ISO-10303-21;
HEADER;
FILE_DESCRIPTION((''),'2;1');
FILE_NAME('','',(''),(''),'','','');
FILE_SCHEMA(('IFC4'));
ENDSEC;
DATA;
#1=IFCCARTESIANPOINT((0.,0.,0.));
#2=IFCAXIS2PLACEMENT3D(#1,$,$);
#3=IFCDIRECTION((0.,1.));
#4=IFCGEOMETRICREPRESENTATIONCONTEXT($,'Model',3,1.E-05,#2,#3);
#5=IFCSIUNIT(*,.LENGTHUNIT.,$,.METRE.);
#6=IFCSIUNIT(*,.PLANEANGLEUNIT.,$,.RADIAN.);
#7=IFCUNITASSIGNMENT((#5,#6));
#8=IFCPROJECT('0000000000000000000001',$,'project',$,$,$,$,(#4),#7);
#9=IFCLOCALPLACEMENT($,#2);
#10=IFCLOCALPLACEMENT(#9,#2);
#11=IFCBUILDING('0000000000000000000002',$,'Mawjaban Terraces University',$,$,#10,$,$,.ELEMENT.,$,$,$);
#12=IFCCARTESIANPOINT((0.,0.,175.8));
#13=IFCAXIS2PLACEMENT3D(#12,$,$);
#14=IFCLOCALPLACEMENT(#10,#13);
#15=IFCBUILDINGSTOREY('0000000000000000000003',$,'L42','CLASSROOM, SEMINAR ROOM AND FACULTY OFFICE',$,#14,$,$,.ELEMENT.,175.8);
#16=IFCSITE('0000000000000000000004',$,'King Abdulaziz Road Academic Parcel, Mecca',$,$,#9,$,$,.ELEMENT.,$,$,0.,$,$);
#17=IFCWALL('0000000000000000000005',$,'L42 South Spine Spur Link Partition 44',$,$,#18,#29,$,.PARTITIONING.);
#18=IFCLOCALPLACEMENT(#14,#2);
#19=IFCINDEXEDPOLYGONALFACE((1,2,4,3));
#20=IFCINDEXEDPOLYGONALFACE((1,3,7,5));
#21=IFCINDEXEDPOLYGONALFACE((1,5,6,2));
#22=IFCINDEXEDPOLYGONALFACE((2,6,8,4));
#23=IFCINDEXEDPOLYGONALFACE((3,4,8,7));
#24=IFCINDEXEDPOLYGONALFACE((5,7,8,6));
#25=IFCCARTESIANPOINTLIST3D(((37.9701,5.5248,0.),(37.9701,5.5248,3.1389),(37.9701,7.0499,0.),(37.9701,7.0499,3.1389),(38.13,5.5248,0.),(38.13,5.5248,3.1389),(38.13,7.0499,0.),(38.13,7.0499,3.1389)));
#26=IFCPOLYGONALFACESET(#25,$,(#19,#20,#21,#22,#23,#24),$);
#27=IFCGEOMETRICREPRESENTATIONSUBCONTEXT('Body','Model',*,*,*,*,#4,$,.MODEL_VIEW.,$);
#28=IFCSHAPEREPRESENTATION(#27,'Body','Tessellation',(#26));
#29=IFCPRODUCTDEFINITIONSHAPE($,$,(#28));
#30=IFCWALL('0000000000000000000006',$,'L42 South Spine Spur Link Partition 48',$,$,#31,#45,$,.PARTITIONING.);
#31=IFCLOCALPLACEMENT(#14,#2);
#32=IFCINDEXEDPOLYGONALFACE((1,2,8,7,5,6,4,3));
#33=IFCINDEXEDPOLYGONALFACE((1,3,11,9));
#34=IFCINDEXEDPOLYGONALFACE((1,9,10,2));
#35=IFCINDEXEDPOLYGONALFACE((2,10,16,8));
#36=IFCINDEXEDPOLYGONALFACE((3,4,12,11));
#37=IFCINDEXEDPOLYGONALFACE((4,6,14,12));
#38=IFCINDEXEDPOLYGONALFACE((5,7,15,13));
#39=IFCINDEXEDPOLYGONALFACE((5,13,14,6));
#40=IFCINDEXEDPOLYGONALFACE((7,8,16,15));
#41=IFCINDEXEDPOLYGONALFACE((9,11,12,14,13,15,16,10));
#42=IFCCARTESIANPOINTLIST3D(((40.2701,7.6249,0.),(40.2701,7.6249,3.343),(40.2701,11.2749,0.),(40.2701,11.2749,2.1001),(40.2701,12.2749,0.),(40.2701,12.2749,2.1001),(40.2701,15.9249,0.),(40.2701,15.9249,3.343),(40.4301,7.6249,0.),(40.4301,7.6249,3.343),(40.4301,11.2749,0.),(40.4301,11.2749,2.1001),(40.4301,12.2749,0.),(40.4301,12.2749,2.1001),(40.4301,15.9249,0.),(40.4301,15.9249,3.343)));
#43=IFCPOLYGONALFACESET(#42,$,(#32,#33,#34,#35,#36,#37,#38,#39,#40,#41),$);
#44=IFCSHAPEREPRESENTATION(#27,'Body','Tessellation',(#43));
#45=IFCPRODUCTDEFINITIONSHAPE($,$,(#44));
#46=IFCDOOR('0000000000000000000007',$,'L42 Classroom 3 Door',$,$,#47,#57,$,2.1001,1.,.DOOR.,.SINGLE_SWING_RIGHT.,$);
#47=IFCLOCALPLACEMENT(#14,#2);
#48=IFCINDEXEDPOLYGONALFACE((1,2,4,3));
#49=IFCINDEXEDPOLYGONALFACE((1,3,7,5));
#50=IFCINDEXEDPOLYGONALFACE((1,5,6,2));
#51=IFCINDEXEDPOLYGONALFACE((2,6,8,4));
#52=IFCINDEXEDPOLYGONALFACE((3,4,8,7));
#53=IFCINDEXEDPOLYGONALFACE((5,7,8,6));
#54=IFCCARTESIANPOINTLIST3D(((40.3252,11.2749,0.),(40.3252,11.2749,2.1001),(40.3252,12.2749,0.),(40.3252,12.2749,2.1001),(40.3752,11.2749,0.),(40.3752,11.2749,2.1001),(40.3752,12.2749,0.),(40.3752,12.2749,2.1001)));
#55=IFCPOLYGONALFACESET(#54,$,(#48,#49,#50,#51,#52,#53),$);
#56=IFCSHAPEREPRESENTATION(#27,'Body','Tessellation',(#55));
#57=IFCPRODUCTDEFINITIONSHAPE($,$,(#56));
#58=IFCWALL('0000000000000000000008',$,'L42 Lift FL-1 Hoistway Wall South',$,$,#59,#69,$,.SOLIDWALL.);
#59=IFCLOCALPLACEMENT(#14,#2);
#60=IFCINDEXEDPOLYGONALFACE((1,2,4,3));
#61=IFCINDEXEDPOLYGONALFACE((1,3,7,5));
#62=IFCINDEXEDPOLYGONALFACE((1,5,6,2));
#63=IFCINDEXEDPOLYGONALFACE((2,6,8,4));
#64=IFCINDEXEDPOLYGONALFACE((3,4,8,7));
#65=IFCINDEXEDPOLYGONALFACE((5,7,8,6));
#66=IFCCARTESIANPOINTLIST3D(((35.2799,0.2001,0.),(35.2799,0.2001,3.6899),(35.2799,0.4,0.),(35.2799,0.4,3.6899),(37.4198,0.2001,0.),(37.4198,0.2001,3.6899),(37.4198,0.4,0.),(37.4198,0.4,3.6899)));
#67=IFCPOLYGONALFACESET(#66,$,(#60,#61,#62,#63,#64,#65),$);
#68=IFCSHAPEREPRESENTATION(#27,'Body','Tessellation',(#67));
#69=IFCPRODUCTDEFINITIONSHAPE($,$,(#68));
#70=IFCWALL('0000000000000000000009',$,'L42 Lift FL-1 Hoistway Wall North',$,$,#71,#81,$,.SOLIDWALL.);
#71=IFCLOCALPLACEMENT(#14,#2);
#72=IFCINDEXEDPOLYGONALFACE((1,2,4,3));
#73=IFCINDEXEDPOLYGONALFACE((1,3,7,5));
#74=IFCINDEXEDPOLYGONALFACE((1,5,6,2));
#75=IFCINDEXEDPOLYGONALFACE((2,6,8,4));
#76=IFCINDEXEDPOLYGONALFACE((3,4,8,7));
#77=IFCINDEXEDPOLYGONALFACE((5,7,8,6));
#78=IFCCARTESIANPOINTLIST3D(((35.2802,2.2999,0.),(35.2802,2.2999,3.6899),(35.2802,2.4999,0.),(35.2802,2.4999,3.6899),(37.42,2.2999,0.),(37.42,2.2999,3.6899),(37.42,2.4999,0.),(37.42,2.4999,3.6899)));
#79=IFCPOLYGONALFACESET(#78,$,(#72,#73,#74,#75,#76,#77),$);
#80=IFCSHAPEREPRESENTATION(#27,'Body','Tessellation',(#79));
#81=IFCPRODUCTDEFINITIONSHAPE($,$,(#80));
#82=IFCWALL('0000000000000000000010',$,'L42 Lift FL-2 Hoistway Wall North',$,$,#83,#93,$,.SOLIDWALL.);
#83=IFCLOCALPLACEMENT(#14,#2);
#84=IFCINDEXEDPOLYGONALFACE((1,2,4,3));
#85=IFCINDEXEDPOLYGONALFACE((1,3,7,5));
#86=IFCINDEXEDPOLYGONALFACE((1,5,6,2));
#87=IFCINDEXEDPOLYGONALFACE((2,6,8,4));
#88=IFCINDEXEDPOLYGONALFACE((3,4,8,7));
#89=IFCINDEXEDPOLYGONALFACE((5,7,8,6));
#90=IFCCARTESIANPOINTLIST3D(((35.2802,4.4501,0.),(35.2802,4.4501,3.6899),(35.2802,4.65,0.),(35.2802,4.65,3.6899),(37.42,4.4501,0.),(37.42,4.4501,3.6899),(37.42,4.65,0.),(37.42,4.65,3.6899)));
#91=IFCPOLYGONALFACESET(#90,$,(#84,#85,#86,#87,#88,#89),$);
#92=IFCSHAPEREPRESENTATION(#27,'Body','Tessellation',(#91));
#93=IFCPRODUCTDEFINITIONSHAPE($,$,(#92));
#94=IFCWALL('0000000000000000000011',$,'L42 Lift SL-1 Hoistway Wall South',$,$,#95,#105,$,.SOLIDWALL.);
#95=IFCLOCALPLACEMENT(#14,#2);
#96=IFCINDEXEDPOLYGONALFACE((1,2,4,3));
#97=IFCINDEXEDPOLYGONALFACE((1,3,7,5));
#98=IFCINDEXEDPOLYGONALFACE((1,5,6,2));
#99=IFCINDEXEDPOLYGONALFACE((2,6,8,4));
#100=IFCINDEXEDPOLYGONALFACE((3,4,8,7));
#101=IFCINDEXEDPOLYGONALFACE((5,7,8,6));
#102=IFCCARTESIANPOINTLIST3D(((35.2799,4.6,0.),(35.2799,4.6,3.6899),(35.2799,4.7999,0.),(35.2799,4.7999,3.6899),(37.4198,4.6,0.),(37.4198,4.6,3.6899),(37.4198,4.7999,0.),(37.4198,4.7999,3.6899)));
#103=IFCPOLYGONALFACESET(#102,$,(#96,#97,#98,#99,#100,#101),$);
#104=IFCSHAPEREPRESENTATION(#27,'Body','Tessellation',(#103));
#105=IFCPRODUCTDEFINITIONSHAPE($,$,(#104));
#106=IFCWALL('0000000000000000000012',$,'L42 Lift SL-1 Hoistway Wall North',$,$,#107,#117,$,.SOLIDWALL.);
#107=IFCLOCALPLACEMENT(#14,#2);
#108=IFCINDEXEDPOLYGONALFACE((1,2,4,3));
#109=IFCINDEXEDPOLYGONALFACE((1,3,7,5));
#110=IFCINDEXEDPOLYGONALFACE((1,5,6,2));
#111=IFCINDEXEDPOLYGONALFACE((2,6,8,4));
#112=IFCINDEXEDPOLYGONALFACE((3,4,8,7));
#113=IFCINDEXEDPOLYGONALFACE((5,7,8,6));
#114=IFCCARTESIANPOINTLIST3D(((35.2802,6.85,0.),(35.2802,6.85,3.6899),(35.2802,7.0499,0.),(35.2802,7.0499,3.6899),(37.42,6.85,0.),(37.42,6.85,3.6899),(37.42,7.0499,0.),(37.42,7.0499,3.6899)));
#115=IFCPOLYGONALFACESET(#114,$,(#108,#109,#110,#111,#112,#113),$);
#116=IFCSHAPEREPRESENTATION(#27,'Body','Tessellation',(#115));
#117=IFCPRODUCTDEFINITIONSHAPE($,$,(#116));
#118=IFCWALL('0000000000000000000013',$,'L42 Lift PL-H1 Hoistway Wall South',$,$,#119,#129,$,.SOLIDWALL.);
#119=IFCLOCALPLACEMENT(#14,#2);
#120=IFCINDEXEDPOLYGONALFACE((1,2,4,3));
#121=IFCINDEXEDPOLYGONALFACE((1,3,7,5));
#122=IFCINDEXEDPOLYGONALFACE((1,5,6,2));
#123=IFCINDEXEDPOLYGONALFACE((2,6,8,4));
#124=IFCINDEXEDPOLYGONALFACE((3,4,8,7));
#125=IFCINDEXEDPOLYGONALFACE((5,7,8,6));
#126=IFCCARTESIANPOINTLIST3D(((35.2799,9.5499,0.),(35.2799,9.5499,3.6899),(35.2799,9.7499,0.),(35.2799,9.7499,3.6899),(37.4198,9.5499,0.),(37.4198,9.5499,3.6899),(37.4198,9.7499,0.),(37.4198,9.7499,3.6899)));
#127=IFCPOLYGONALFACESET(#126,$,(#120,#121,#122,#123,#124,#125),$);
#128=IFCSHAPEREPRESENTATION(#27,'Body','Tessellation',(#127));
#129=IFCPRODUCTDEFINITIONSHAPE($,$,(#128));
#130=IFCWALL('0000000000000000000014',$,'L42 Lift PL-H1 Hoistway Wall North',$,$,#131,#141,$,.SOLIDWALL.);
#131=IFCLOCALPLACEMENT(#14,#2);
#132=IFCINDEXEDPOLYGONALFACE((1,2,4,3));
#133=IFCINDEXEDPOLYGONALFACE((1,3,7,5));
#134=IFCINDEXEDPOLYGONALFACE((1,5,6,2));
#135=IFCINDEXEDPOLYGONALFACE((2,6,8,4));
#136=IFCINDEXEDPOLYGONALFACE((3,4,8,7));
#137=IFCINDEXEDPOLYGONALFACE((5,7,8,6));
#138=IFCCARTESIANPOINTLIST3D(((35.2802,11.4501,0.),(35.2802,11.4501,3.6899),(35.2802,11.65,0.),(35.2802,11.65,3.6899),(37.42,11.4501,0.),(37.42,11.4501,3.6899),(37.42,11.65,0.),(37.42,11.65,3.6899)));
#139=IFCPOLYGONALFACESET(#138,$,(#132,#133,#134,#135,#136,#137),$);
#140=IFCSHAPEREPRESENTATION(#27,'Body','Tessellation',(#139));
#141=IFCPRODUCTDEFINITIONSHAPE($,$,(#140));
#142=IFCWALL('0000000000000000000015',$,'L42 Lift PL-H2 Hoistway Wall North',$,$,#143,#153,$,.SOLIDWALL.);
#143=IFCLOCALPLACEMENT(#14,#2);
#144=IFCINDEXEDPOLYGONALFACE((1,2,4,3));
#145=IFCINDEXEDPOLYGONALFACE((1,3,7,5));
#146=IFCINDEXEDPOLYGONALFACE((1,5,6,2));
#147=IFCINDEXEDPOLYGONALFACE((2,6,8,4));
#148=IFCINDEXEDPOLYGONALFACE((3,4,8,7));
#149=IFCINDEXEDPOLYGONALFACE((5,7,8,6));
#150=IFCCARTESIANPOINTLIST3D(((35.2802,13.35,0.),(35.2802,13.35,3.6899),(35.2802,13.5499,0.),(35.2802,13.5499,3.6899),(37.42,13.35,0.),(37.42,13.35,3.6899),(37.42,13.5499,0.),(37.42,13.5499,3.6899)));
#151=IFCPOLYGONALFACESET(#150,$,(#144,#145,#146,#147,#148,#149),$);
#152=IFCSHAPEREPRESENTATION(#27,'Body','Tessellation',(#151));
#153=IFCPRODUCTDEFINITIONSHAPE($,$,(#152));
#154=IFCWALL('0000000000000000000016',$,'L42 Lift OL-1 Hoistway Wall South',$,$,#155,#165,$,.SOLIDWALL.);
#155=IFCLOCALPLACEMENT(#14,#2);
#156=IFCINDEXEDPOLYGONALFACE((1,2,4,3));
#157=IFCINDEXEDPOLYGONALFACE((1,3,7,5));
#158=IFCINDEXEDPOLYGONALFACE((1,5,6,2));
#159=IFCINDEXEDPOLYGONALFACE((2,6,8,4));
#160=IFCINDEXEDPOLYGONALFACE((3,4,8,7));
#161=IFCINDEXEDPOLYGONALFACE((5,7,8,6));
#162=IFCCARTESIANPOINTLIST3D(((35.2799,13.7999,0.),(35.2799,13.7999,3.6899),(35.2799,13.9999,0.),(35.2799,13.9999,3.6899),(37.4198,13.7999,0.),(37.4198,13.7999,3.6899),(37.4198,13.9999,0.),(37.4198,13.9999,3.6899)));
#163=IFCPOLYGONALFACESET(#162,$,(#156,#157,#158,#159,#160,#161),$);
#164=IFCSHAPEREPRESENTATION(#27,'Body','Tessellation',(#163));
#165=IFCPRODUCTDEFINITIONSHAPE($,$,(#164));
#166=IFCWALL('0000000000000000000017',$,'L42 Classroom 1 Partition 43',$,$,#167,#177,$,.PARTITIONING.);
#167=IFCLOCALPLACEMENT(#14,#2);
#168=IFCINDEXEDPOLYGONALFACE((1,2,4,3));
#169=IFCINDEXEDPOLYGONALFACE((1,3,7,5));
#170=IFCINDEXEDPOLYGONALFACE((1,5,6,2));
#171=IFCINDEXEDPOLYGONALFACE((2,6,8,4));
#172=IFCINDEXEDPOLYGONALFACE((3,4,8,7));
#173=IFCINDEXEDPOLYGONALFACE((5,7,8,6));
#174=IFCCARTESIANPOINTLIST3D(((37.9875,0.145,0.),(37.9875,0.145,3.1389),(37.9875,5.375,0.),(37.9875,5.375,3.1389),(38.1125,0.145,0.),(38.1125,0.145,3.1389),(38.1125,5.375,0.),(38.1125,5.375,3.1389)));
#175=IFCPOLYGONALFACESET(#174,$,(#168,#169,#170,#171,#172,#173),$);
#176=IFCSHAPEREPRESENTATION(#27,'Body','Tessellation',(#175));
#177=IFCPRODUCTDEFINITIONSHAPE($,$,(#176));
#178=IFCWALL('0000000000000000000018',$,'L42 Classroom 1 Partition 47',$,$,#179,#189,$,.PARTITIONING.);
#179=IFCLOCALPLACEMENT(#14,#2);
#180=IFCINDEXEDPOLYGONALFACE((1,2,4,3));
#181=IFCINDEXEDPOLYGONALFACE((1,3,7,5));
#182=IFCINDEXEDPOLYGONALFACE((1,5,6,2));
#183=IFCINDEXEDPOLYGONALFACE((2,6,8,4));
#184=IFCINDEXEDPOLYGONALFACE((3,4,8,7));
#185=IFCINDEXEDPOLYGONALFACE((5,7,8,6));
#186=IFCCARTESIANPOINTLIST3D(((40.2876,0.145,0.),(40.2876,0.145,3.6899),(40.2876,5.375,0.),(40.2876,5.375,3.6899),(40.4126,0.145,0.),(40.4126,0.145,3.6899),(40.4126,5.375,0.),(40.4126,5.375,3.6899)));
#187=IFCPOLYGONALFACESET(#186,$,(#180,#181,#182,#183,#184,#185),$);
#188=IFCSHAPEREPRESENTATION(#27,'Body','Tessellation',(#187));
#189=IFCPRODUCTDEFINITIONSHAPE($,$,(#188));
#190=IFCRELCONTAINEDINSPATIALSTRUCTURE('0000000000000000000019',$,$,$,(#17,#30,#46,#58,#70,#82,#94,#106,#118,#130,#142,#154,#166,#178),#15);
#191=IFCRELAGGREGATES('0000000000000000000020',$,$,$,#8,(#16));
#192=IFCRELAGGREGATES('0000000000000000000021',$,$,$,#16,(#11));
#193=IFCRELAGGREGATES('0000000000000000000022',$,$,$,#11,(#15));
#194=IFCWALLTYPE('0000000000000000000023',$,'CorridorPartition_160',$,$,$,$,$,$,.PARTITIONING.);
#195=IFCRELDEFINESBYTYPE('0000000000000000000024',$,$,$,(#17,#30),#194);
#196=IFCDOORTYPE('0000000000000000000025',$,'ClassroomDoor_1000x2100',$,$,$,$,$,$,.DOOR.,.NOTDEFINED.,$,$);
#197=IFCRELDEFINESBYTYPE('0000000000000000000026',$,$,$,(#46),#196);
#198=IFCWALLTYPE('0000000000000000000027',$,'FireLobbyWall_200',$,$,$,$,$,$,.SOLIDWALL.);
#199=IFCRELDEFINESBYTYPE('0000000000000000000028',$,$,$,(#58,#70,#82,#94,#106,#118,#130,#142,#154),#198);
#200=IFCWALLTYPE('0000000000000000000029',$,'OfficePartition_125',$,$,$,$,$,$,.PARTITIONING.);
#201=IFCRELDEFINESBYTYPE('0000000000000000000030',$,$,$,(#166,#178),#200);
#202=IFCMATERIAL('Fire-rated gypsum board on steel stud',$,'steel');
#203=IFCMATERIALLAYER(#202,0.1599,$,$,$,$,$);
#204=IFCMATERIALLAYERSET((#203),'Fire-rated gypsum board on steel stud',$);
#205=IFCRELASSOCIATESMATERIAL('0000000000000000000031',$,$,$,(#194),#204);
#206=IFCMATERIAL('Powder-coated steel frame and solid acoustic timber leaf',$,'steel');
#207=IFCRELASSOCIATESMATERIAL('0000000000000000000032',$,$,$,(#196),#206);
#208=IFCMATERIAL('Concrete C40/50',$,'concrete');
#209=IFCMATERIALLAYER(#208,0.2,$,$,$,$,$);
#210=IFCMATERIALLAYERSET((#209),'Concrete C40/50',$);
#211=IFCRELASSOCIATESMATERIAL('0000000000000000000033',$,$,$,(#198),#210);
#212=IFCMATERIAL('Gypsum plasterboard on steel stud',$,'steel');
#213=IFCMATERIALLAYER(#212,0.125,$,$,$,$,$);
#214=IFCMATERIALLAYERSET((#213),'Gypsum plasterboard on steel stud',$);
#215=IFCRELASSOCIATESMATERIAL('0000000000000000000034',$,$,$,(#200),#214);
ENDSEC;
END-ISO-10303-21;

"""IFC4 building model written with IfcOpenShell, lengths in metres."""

from ifc_helpers import new_model, si_unit, direction, frame, frame_2d, origin, place, context, subcontext, project, spatial, rectangle, extrude, material, layer, layer_set, type_object, element, fill, save


model = new_model("IFC4")

# Units and contexts
model_context = context("Model", 3, precision=1e-05, world=origin(), true_north=direction((0.0, 1.0)))
body_context = subcontext(model_context, "Body", "Model", "MODEL_VIEW")
ifc_project = project(units=[si_unit("LENGTHUNIT", "METRE"), si_unit("PLANEANGLEUNIT", "RADIAN")], contexts=[model_context])

# Site, building, storey
site_placement = place(None, origin())
site = spatial("IfcSite", under=ifc_project, at=site_placement, Name="King Abdulaziz Road Academic Parcel, Mecca", CompositionType="ELEMENT", RefElevation=0.0)
building_placement = place(site_placement, origin())
building = spatial("IfcBuilding", under=site, at=building_placement, Name="Mawjaban Terraces University", CompositionType="ELEMENT")
storey_placement = place(building_placement, frame((0.0, 0.0, 175.8)))
storey = spatial("IfcBuildingStorey", under=building, at=storey_placement, Name="L42", Description="CLASSROOM, SEMINAR ROOM AND FACULTY OFFICE", CompositionType="ELEMENT", Elevation=175.8)

# Shared definitions
ifc_material_1 = material(Name="Fire-rated gypsum board on steel stud", Category="steel")
ifc_layer_1 = layer(ifc_material_1, 0.1599)
ifc_layer_set_1 = layer_set([ifc_layer_1], Name="Fire-rated gypsum board on steel stud")
wall_type_1 = type_object("IfcWallType", Name="CorridorPartition_160", PredefinedType="PARTITIONING", material=ifc_layer_set_1)
ifc_material_2 = material(Name="Powder-coated steel frame and solid acoustic timber leaf", Category="steel")
door_type_1 = type_object("IfcDoorType", Name="ClassroomDoor_1000x2100", OperationType="NOTDEFINED", PredefinedType="DOOR", material=ifc_material_2)

# Wall
wall_1_placement = place(storey_placement, frame((38.05, 7.05, 0.0), z_axis=(0.0, 0.0, 1.0), x_axis=(0.0, -1.0, 0.0)))
element("IfcWall", 1, at=wall_1_placement, inside=storey, type_object=wall_type_1, Name="L42 South Spine Spur Link Partition 44", PredefinedType="PARTITIONING", context=body_context, shape_type="SweptSolid", body=[
    extrude(rectangle(XDim=1.5251, YDim=0.1599, at=frame_2d((0.7627, 0.0))), origin(), (0.0, 0.0, 1.0), 3.1389),
])

# Wall, opening, door
wall_2_placement = place(storey_placement, frame((40.3501, 7.625, 0.0), z_axis=(0.0, 0.0, 1.0), x_axis=(0.0, 1.0, 0.0)))
wall_2 = element("IfcWall", 2, at=wall_2_placement, inside=storey, type_object=wall_type_1, Name="L42 South Spine Spur Link Partition 48", PredefinedType="PARTITIONING", context=body_context, shape_type="SweptSolid", body=[
    extrude(rectangle(XDim=8.3, YDim=0.1599, at=frame_2d((4.1499, 0.0))), origin(), (0.0, 0.0, 1.0), 3.343),
])
opening_1_placement = place(wall_2_placement, frame((3.6499, 0.0, 0.0)))
opening_1 = element("IfcOpeningElement", 3, at=opening_1_placement, cuts=wall_2, PredefinedType="OPENING", context=body_context, shape_type="SweptSolid", body=[
    extrude(rectangle(XDim=1.0, YDim=2.1001, at=frame_2d((0.5, 1.05))), frame((0.0, 0.0898, 0.0), z_axis=(0.0, -1.0, 0.0), x_axis=(1.0, 0.0, 0.0)), (0.0, 0.0, 1.0), 0.1799),
])
door_1_placement = place(opening_1_placement, origin())
door_1 = element("IfcDoor", 4, at=door_1_placement, inside=storey, type_object=door_type_1, Name="L42 Classroom 3 Door", OperationType="SINGLE_SWING_RIGHT", OverallHeight=2.1001, OverallWidth=1.0, PredefinedType="DOOR", context=body_context, shape_type="SweptSolid", body=[
    extrude(rectangle(XDim=1.0, YDim=2.1001, at=frame_2d((0.5, 1.05))), frame((0.0, 0.0249, 0.0), z_axis=(0.0, -1.0, 0.0), x_axis=(1.0, 0.0, 0.0)), (0.0, 0.0, 1.0), 0.05),
])
fill(opening_1, door_1)

# Walls
ifc_material_3 = material(Name="Concrete C40/50", Category="concrete")
ifc_layer_2 = layer(ifc_material_3, 0.2)
ifc_layer_set_2 = layer_set([ifc_layer_2], Name="Concrete C40/50")
wall_type_2 = type_object("IfcWallType", Name="FireLobbyWall_200", PredefinedType="SOLIDWALL", material=ifc_layer_set_2)
for number, where, z_axis, x_axis, name in (
    (5, (35.28, 0.3, 0.0), (0.0, 0.0, 1.0), (1.0, 0.0, 0.0), "L42 Lift FL-1 Hoistway Wall South"),
    (6, (37.4199, 2.3999, 0.0), (0.0, 0.0, 1.0), (-1.0, 0.0, 0.0), "L42 Lift FL-1 Hoistway Wall North"),
    (7, (37.4199, 4.55, 0.0), (0.0, 0.0, 1.0), (-1.0, 0.0, 0.0), "L42 Lift FL-2 Hoistway Wall North"),
    (8, (35.28, 4.7, 0.0), (0.0, 0.0, 1.0), (1.0, 0.0, 0.0), "L42 Lift SL-1 Hoistway Wall South"),
    (9, (37.4199, 6.95, 0.0), (0.0, 0.0, 1.0), (-1.0, 0.0, 0.0), "L42 Lift SL-1 Hoistway Wall North"),
    (10, (35.28, 9.6499, 0.0), (0.0, 0.0, 1.0), (1.0, 0.0, 0.0), "L42 Lift PL-H1 Hoistway Wall South"),
    (11, (37.4199, 11.55, 0.0), (0.0, 0.0, 1.0), (-1.0, 0.0, 0.0), "L42 Lift PL-H1 Hoistway Wall North"),
    (12, (37.4199, 13.45, 0.0), (0.0, 0.0, 1.0), (-1.0, 0.0, 0.0), "L42 Lift PL-H2 Hoistway Wall North"),
    (13, (35.28, 13.8999, 0.0), (0.0, 0.0, 1.0), (1.0, 0.0, 0.0), "L42 Lift OL-1 Hoistway Wall South"),
):
    element("IfcWall", number, at=place(storey_placement, frame(where, z_axis=z_axis, x_axis=x_axis)), inside=storey, type_object=wall_type_2, Name=name, PredefinedType="SOLIDWALL", context=body_context, shape_type="SweptSolid", body=[
        extrude(rectangle(XDim=2.1399, YDim=0.2, at=frame_2d((1.0698, 0.0))), origin(), (0.0, 0.0, 1.0), 3.6899),
    ])
ifc_material_4 = material(Name="Gypsum plasterboard on steel stud", Category="steel")
ifc_layer_3 = layer(ifc_material_4, 0.125)
ifc_layer_set_3 = layer_set([ifc_layer_3], Name="Gypsum plasterboard on steel stud")
wall_type_3 = type_object("IfcWallType", Name="OfficePartition_125", PredefinedType="PARTITIONING", material=ifc_layer_set_3)
wall_3_placement = place(storey_placement, frame((38.05, 5.375, 0.0), z_axis=(0.0, 0.0, 1.0), x_axis=(0.0, -1.0, 0.0)))
element("IfcWall", 14, at=wall_3_placement, inside=storey, type_object=wall_type_3, Name="L42 Classroom 1 Partition 43", PredefinedType="PARTITIONING", context=body_context, shape_type="SweptSolid", body=[
    extrude(rectangle(XDim=5.23, YDim=0.125, at=frame_2d((2.615, 0.0))), origin(), (0.0, 0.0, 1.0), 3.1389),
])
wall_4_placement = place(storey_placement, frame((40.3501, 0.145, 0.0), z_axis=(0.0, 0.0, 1.0), x_axis=(0.0, 1.0, 0.0)))
element("IfcWall", 15, at=wall_4_placement, inside=storey, type_object=wall_type_3, Name="L42 Classroom 1 Partition 47", PredefinedType="PARTITIONING", context=body_context, shape_type="SweptSolid", body=[
    extrude(rectangle(XDim=5.23, YDim=0.125, at=frame_2d((2.615, 0.0))), origin(), (0.0, 0.0, 1.0), 3.6899),
])

save(model, "model.ifc")
